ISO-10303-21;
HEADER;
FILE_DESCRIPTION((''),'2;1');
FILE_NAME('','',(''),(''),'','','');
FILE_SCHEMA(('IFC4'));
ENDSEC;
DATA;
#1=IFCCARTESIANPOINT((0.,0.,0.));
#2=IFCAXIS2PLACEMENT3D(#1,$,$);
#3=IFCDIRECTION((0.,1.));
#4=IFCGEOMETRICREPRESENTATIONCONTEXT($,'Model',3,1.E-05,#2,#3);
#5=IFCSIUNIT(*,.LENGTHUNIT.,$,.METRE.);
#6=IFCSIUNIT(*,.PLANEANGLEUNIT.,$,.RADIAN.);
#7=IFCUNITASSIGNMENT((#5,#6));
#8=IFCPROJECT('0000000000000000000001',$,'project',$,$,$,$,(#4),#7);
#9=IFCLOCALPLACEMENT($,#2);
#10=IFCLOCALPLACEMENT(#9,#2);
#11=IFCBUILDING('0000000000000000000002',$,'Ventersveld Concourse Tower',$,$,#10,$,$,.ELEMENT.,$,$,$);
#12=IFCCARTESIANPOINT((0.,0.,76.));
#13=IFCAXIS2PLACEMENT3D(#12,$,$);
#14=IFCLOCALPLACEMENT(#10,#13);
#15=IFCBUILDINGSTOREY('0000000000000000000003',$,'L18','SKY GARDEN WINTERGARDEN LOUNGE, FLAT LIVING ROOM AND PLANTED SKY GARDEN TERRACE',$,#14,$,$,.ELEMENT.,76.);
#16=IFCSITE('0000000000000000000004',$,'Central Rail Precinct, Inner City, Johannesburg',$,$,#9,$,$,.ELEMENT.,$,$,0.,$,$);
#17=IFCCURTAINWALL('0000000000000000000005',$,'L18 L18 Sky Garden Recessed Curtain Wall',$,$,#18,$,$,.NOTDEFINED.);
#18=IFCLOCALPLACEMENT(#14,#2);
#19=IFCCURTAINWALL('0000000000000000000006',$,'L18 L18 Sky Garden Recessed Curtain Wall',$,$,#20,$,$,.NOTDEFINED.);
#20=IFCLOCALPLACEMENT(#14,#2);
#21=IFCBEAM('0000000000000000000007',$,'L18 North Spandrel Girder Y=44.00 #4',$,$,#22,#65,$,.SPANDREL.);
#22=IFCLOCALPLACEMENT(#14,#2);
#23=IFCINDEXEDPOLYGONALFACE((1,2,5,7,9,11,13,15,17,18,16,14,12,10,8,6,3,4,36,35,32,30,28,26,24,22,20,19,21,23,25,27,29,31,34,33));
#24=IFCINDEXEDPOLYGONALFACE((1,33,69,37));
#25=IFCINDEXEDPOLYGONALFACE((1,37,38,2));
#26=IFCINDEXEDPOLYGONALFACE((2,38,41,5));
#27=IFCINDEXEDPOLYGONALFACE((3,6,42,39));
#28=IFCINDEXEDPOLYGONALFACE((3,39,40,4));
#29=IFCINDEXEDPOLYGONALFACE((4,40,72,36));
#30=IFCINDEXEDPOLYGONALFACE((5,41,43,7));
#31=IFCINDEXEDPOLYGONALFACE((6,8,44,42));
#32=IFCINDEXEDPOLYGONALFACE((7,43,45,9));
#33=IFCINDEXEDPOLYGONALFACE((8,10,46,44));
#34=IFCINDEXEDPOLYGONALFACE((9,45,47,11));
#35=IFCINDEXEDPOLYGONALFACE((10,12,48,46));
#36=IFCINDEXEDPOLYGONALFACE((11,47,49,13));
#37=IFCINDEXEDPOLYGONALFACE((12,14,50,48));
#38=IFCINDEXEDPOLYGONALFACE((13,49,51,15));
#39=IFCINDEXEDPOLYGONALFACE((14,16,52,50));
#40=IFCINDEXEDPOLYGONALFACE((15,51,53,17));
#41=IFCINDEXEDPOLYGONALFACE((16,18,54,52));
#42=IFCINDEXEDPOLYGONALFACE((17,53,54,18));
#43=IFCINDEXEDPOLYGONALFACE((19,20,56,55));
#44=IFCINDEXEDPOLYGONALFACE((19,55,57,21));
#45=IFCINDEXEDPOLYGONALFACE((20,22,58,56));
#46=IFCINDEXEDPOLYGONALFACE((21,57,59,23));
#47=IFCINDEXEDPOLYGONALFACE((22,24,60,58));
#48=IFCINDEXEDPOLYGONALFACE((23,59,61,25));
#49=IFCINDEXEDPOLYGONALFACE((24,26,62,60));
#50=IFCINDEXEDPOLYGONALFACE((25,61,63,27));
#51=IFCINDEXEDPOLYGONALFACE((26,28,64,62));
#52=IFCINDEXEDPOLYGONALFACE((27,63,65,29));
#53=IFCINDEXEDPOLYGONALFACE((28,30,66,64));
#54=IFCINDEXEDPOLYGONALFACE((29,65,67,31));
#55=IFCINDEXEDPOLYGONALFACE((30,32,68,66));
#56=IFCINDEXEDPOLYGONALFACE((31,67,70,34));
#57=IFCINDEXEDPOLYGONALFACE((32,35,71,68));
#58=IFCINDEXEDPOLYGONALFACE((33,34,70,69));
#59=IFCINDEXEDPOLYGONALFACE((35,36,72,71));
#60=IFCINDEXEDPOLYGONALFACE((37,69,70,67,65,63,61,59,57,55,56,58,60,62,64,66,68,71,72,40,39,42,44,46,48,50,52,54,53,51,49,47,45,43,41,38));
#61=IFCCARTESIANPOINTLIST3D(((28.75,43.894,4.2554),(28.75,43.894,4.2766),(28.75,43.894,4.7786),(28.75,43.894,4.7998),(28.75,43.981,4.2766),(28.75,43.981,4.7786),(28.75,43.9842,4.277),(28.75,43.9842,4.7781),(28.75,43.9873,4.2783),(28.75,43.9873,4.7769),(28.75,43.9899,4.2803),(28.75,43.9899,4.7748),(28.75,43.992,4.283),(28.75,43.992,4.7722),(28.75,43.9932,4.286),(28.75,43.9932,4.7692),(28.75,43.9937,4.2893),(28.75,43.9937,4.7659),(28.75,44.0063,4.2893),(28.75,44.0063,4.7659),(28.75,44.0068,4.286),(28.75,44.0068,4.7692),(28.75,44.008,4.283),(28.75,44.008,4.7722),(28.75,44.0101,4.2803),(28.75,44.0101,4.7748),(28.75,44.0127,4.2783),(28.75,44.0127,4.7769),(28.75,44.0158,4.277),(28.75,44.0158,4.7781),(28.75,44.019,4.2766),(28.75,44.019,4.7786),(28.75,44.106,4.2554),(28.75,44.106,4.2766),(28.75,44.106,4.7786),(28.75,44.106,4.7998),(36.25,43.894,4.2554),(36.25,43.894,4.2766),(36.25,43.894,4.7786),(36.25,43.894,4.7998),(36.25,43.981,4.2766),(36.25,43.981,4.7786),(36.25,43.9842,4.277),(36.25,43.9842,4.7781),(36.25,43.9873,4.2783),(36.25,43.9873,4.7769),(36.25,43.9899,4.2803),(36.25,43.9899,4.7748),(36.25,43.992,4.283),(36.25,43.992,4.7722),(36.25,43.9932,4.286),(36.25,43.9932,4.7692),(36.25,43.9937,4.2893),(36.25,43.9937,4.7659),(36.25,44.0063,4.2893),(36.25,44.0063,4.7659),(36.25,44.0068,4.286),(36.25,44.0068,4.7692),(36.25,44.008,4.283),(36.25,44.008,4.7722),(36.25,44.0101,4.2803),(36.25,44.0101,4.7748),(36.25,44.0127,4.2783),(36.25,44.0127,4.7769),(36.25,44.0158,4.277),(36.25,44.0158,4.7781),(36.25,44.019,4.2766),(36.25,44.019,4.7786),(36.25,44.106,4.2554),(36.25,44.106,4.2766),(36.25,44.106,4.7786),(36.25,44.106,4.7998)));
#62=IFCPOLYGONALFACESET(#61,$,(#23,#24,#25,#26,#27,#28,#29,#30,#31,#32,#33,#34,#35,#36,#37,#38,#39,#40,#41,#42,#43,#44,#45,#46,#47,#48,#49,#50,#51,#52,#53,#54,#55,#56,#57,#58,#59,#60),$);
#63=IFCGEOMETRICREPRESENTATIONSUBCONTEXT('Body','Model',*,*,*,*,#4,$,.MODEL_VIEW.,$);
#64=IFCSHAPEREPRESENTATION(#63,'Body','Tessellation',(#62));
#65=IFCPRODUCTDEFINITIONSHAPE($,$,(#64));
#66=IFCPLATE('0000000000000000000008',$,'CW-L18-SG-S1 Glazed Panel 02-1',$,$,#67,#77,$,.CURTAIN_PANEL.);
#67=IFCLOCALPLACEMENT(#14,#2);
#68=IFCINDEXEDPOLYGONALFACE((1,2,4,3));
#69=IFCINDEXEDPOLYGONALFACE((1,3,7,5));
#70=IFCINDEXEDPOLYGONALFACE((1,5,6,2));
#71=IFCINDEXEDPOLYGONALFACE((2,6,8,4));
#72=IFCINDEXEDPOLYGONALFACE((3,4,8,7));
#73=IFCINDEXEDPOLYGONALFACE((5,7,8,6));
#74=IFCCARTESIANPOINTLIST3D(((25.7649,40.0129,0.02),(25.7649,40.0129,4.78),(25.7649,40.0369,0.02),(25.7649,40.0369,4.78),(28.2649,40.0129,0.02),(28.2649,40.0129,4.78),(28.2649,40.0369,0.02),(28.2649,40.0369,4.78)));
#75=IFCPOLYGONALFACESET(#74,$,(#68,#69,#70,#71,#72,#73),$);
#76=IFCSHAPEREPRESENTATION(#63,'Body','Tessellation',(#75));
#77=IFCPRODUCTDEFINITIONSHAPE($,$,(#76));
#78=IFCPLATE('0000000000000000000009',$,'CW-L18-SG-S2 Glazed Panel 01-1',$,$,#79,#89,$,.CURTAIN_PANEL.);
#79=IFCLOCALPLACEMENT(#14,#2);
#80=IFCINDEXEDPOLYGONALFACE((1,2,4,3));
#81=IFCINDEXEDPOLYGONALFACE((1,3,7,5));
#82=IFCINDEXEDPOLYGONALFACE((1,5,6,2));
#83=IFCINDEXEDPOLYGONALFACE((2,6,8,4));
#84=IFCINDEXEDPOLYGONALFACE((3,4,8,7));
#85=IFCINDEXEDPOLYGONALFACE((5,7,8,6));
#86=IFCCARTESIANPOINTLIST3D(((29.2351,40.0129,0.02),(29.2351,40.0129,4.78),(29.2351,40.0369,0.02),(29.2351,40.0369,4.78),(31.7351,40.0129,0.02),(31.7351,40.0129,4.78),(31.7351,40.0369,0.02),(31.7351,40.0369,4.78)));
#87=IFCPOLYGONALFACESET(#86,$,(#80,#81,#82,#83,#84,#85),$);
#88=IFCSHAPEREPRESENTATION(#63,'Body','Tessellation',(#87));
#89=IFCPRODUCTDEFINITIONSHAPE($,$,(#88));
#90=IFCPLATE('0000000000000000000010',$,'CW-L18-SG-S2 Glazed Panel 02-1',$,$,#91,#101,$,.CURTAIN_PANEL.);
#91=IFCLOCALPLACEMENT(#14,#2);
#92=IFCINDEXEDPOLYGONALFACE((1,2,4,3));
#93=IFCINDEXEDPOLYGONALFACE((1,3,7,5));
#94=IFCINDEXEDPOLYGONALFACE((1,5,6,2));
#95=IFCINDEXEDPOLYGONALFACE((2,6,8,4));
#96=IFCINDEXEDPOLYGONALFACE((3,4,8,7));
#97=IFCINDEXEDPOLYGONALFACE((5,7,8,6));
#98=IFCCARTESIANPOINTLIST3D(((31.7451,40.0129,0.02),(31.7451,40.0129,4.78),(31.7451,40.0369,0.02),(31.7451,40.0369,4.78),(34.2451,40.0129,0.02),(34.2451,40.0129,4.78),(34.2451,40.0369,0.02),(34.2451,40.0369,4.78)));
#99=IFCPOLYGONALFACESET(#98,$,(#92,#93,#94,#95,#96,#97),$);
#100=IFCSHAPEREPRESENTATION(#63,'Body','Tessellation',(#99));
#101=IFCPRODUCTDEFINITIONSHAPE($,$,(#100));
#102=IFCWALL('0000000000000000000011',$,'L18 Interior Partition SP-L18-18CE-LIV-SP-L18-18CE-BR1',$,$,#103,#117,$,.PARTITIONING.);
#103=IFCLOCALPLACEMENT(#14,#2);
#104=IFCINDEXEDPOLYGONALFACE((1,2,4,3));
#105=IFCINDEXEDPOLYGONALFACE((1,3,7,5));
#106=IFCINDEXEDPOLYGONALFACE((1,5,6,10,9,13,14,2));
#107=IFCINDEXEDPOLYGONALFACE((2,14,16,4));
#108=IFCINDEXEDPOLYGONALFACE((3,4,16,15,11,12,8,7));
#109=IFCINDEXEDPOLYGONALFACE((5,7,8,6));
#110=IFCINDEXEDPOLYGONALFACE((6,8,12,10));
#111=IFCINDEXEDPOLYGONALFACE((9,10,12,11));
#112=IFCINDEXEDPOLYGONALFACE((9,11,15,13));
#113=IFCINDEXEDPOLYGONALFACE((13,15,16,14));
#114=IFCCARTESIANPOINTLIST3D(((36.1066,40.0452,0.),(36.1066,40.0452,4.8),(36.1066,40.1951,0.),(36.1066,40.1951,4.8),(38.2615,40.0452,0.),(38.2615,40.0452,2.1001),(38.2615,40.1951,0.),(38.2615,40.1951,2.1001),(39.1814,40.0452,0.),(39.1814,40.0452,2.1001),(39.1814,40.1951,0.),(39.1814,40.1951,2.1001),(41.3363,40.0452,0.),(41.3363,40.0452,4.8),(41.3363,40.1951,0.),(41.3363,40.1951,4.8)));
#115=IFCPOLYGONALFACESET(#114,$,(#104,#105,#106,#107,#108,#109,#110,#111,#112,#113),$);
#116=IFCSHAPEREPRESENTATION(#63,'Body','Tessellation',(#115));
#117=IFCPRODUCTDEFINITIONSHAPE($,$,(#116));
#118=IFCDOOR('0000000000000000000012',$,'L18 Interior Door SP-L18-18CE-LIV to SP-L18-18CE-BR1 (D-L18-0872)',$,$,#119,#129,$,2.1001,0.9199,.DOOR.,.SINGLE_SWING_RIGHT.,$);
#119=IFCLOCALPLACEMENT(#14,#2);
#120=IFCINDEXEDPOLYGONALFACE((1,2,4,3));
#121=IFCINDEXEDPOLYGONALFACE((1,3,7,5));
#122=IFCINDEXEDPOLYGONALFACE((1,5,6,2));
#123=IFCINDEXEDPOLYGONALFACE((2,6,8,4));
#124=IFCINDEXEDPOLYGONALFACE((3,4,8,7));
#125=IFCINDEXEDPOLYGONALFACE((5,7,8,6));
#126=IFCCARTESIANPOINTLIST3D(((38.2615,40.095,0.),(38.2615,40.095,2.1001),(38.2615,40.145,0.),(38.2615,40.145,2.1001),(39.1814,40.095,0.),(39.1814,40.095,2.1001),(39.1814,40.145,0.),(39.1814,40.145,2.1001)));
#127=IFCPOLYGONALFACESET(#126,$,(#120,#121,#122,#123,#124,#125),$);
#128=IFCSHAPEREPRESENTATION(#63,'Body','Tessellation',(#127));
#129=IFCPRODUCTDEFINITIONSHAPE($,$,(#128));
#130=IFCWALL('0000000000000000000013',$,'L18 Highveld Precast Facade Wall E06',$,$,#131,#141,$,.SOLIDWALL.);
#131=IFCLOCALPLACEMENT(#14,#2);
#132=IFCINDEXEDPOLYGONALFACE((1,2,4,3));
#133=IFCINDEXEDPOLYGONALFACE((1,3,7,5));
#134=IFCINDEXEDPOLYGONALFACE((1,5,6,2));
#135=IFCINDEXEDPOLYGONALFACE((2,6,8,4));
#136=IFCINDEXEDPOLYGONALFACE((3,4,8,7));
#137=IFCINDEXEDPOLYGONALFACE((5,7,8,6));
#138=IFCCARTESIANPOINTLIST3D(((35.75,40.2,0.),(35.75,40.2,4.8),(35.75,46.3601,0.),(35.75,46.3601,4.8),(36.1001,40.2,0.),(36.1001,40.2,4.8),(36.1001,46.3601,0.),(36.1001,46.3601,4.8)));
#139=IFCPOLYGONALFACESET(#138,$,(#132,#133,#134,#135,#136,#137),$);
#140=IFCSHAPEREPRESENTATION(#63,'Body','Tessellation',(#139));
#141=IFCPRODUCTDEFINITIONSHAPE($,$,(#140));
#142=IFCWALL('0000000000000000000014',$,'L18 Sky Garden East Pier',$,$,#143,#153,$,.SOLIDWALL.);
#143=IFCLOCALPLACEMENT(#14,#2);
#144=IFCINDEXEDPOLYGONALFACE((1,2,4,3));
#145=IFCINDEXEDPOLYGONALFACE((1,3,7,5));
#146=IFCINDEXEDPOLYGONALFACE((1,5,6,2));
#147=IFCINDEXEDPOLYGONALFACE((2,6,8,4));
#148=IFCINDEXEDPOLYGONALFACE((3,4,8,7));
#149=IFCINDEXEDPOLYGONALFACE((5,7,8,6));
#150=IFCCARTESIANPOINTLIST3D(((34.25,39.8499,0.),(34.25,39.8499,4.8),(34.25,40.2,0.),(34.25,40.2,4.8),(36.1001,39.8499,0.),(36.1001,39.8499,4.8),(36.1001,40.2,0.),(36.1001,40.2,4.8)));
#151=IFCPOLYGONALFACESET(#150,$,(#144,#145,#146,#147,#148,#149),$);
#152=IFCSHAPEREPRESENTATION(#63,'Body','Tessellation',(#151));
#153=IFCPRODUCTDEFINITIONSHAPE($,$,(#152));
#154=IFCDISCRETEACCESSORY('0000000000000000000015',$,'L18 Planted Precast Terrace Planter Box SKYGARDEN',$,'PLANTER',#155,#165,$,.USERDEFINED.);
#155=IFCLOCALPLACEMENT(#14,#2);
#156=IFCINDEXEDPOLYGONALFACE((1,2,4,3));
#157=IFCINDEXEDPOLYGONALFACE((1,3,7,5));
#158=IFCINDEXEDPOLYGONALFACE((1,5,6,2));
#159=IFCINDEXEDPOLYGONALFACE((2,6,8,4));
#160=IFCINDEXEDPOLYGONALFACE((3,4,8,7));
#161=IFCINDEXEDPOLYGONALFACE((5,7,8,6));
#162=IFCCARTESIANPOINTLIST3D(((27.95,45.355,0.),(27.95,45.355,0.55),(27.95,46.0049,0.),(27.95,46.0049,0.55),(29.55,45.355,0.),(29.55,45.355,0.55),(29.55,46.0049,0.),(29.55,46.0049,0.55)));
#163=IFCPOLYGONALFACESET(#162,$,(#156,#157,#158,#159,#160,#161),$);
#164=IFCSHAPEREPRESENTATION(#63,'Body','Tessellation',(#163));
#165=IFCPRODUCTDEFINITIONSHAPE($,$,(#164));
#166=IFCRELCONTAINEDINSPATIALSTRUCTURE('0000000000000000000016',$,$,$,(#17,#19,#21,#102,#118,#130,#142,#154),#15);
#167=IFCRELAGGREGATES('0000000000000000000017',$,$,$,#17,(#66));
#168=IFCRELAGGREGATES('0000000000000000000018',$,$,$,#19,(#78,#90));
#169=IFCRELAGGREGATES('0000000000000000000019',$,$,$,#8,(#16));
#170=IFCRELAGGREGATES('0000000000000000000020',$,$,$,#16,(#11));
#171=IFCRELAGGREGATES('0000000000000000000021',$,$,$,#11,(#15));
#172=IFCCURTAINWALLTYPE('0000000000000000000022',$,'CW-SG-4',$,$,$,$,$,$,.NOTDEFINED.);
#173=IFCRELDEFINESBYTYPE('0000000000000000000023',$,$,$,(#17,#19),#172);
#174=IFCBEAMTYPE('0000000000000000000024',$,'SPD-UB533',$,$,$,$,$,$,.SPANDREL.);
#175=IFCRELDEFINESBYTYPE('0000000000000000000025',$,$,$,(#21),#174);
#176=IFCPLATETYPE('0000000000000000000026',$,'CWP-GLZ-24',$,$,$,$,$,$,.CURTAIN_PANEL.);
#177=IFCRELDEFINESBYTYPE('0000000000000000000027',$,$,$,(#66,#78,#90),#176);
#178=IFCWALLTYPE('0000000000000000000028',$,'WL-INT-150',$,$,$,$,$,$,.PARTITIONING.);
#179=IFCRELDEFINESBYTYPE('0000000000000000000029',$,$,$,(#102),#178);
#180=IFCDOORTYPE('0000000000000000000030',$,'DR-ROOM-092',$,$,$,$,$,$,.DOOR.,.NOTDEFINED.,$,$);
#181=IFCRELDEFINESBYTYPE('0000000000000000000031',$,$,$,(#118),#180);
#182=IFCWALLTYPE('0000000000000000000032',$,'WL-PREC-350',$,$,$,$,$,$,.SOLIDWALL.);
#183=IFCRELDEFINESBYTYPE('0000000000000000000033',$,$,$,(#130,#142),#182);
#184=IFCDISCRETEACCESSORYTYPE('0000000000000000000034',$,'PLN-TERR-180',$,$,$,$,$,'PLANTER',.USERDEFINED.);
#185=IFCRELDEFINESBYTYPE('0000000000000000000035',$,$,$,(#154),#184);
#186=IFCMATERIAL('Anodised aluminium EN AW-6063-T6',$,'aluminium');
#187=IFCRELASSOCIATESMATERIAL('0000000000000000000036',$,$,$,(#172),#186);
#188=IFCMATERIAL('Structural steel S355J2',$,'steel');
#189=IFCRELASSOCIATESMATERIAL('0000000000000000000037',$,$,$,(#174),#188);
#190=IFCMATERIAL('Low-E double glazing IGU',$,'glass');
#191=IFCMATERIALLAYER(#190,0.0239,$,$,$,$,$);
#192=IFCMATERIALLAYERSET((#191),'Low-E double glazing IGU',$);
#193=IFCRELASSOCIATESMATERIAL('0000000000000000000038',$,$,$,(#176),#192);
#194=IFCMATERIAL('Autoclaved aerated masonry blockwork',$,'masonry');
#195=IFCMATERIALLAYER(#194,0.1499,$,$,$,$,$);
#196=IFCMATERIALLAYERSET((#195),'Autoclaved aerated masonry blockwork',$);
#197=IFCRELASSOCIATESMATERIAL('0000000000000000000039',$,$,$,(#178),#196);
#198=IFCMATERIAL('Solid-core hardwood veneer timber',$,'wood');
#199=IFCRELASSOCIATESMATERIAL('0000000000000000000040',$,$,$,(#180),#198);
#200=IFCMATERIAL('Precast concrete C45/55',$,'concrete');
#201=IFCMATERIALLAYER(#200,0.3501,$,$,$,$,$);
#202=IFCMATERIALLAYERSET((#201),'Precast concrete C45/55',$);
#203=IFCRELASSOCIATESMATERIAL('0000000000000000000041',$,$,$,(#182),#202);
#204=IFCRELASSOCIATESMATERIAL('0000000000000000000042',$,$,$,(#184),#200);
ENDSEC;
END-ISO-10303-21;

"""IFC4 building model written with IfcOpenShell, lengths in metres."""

from ifc_helpers import new_model, si_unit, direction, frame, frame_2d, origin, origin_2d, place, context, subcontext, project, spatial, rectangle, i_section, extrude, material, layer, layer_set, material_profile, profile_set, type_object, element, fill, aggregate, save


model = new_model("IFC4")

# Units and contexts
model_context = context("Model", 3, precision=1e-05, world=origin(), true_north=direction((0.0, 1.0)))
body_context = subcontext(model_context, "Body", "Model", "MODEL_VIEW")
ifc_project = project(units=[si_unit("LENGTHUNIT", "METRE"), si_unit("PLANEANGLEUNIT", "RADIAN")], contexts=[model_context])

# Site, building, storey
site_placement = place(None, origin())
site = spatial("IfcSite", under=ifc_project, at=site_placement, Name="Central Rail Precinct, Inner City, Johannesburg", CompositionType="ELEMENT", RefElevation=0.0)
building_placement = place(site_placement, origin())
building = spatial("IfcBuilding", under=site, at=building_placement, Name="Ventersveld Concourse Tower", CompositionType="ELEMENT")
storey_placement = place(building_placement, frame((0.0, 0.0, 76.0)))
storey = spatial("IfcBuildingStorey", under=building, at=storey_placement, Name="L18", Description="SKY GARDEN WINTERGARDEN LOUNGE, FLAT LIVING ROOM AND PLANTED SKY GARDEN TERRACE", CompositionType="ELEMENT", Elevation=76.0)

# Curtain wall
ifc_material_1 = material(Name="Anodised aluminium EN AW-6063-T6", Category="aluminium")
curtain_wall_type = type_object("IfcCurtainWallType", Name="CW-SG-4", PredefinedType="NOTDEFINED", material=ifc_material_1)
curtain_wall_1_placement = place(storey_placement, origin())
curtain_wall_1 = element("IfcCurtainWall", 1, at=curtain_wall_1_placement, inside=storey, type_object=curtain_wall_type, Name="L18 L18 Sky Garden Recessed Curtain Wall", PredefinedType="NOTDEFINED")

# Curtain wall
curtain_wall_2_placement = place(storey_placement, origin())
curtain_wall_2 = element("IfcCurtainWall", 2, at=curtain_wall_2_placement, inside=storey, type_object=curtain_wall_type, Name="L18 L18 Sky Garden Recessed Curtain Wall", PredefinedType="NOTDEFINED")

# Beam
ifc_material_2 = material(Name="Structural steel S355J2", Category="steel")
ifc_material_profile_1 = material_profile(ifc_material_2, i_section(OverallWidth=0.2119, OverallDepth=0.5444, WebThickness=0.0127, FlangeThickness=0.0212, FilletRadius=0.0127, at=origin_2d()), Name="UB 533x210x122")
ifc_profile_set_1 = profile_set([ifc_material_profile_1], Name="Structural steel S355J2")
beam_type = type_object("IfcBeamType", Name="SPD-UB533", PredefinedType="SPANDREL", material=ifc_profile_set_1)
beam_placement = place(storey_placement, frame((28.75, 44.0, 4.5276), z_axis=(1.0, 0.0, 0.0), x_axis=(0.0, 1.0, 0.0)))
element("IfcBeam", 3, at=beam_placement, inside=storey, type_object=beam_type, Name="L18 North Spandrel Girder Y=44.00 #4", PredefinedType="SPANDREL", context=body_context, shape_type="SweptSolid", body=[
    extrude(i_section(OverallWidth=0.2119, OverallDepth=0.5444, WebThickness=0.0127, FlangeThickness=0.0212, FilletRadius=0.0127, at=origin_2d()), origin(), (0.0, 0.0, 1.0), 7.5),
])

# Plates
ifc_material_3 = material(Name="Low-E double glazing IGU", Category="glass")
ifc_layer_1 = layer(ifc_material_3, 0.0239)
ifc_layer_set_1 = layer_set([ifc_layer_1], Name="Low-E double glazing IGU")
plate_type = type_object("IfcPlateType", Name="CWP-GLZ-24", PredefinedType="CURTAIN_PANEL", material=ifc_layer_set_1)
plate_1_placement = place(storey_placement, frame((27.0149, 40.0249, 0.02), z_axis=(0.0, 0.0, 1.0), x_axis=(1.0, 0.0, 0.0)))
plate_1 = element("IfcPlate", 4, at=plate_1_placement, type_object=plate_type, Name="CW-L18-SG-S1 Glazed Panel 02-1", PredefinedType="CURTAIN_PANEL", context=body_context, shape_type="SweptSolid", body=[
    extrude(rectangle(XDim=2.5, YDim=0.0239, at=origin_2d()), origin(), (0.0, 0.0, 1.0), 4.76),
])
aggregate(curtain_wall_1, [plate_1])
plate_2_placement = place(storey_placement, frame((30.4851, 40.0249, 0.02), z_axis=(0.0, 0.0, 1.0), x_axis=(1.0, 0.0, 0.0)))
plate_2 = element("IfcPlate", 5, at=plate_2_placement, type_object=plate_type, Name="CW-L18-SG-S2 Glazed Panel 01-1", PredefinedType="CURTAIN_PANEL", context=body_context, shape_type="SweptSolid", body=[
    extrude(rectangle(XDim=2.5, YDim=0.0239, at=origin_2d()), origin(), (0.0, 0.0, 1.0), 4.76),
])
plate_3_placement = place(storey_placement, frame((32.9951, 40.0249, 0.02), z_axis=(0.0, 0.0, 1.0), x_axis=(1.0, 0.0, 0.0)))
plate_3 = element("IfcPlate", 6, at=plate_3_placement, type_object=plate_type, Name="CW-L18-SG-S2 Glazed Panel 02-1", PredefinedType="CURTAIN_PANEL", context=body_context, shape_type="SweptSolid", body=[
    extrude(rectangle(XDim=2.5, YDim=0.0239, at=origin_2d()), origin(), (0.0, 0.0, 1.0), 4.76),
])
aggregate(curtain_wall_2, [plate_2, plate_3])

# Wall, opening, door
ifc_material_4 = material(Name="Autoclaved aerated masonry blockwork", Category="masonry")
ifc_layer_2 = layer(ifc_material_4, 0.1499)
ifc_layer_set_2 = layer_set([ifc_layer_2], Name="Autoclaved aerated masonry blockwork")
wall_type_1 = type_object("IfcWallType", Name="WL-INT-150", PredefinedType="PARTITIONING", material=ifc_layer_set_2)
wall_1_placement = place(storey_placement, frame((36.1067, 40.1201, 0.0), z_axis=(0.0, 0.0, 1.0), x_axis=(1.0, 0.0, 0.0)))
wall_1 = element("IfcWall", 7, at=wall_1_placement, inside=storey, type_object=wall_type_1, Name="L18 Interior Partition SP-L18-18CE-LIV-SP-L18-18CE-BR1", PredefinedType="PARTITIONING", context=body_context, shape_type="SweptSolid", body=[
    extrude(rectangle(XDim=5.2297, YDim=0.1499, at=frame_2d((2.6147, 0.0))), origin(), (0.0, 0.0, 1.0), 4.8),
])
opening_placement = place(wall_1_placement, frame((2.1548, 0.0, 0.0)))
opening = element("IfcOpeningElement", 8, at=opening_placement, cuts=wall_1, PredefinedType="OPENING", context=body_context, shape_type="SweptSolid", body=[
    extrude(rectangle(XDim=0.9199, YDim=2.1001, at=frame_2d((0.46, 1.05))), frame((0.0, 0.085, 0.0), z_axis=(0.0, -1.0, 0.0), x_axis=(1.0, 0.0, 0.0)), (0.0, 0.0, 1.0), 0.1699),
])
ifc_material_5 = material(Name="Solid-core hardwood veneer timber", Category="wood")
door_type = type_object("IfcDoorType", Name="DR-ROOM-092", OperationType="NOTDEFINED", PredefinedType="DOOR", material=ifc_material_5)
door_placement = place(opening_placement, origin())
door = element("IfcDoor", 9, at=door_placement, inside=storey, type_object=door_type, Name="L18 Interior Door SP-L18-18CE-LIV to SP-L18-18CE-BR1 (D-L18-0872)", OperationType="SINGLE_SWING_RIGHT", OverallHeight=2.1001, OverallWidth=0.9199, PredefinedType="DOOR", context=body_context, shape_type="SweptSolid", body=[
    extrude(rectangle(XDim=0.9199, YDim=2.1001, at=frame_2d((0.46, 1.05))), frame((0.0, 0.0249, 0.0), z_axis=(0.0, -1.0, 0.0), x_axis=(1.0, 0.0, 0.0)), (0.0, 0.0, 1.0), 0.05),
])
fill(opening, door)

# Walls
ifc_material_6 = material(Name="Precast concrete C45/55", Category="concrete")
ifc_layer_3 = layer(ifc_material_6, 0.3501)
ifc_layer_set_3 = layer_set([ifc_layer_3], Name="Precast concrete C45/55")
wall_type_2 = type_object("IfcWallType", Name="WL-PREC-350", PredefinedType="SOLIDWALL", material=ifc_layer_set_3)
wall_2_placement = place(storey_placement, frame((35.925, 46.3601, 0.0), z_axis=(0.0, 0.0, 1.0), x_axis=(0.0, -1.0, 0.0)))
element("IfcWall", 10, at=wall_2_placement, inside=storey, type_object=wall_type_2, Name="L18 Highveld Precast Facade Wall E06", PredefinedType="SOLIDWALL", context=body_context, shape_type="SweptSolid", body=[
    extrude(rectangle(XDim=6.1602, YDim=0.3501, at=frame_2d((3.0801, 0.0))), origin(), (0.0, 0.0, 1.0), 4.8),
])
wall_3_placement = place(storey_placement, frame((34.25, 40.0249, 0.0), z_axis=(0.0, 0.0, 1.0), x_axis=(1.0, 0.0, 0.0)))
element("IfcWall", 11, at=wall_3_placement, inside=storey, type_object=wall_type_2, Name="L18 Sky Garden East Pier", PredefinedType="SOLIDWALL", context=body_context, shape_type="SweptSolid", body=[
    extrude(rectangle(XDim=1.8501, YDim=0.3501, at=frame_2d((0.925, 0.0))), origin(), (0.0, 0.0, 1.0), 4.8),
])

# Discrete accessory
discrete_accessory_type = type_object("IfcDiscreteAccessoryType", Name="PLN-TERR-180", ElementType="PLANTER", PredefinedType="USERDEFINED", material=ifc_material_6)
discrete_accessory_placement = place(storey_placement, frame((28.75, 45.6799, 0.0), z_axis=(0.0, 0.0, 1.0), x_axis=(1.0, 0.0, 0.0)))
element("IfcDiscreteAccessory", 12, at=discrete_accessory_placement, inside=storey, type_object=discrete_accessory_type, Name="L18 Planted Precast Terrace Planter Box SKYGARDEN", ObjectType="PLANTER", PredefinedType="USERDEFINED", context=body_context, shape_type="SweptSolid", body=[
    extrude(rectangle(XDim=1.6001, YDim=0.6499, at=origin_2d()), origin(), (0.0, 0.0, 1.0), 0.55),
])

save(model, "model.ifc")
